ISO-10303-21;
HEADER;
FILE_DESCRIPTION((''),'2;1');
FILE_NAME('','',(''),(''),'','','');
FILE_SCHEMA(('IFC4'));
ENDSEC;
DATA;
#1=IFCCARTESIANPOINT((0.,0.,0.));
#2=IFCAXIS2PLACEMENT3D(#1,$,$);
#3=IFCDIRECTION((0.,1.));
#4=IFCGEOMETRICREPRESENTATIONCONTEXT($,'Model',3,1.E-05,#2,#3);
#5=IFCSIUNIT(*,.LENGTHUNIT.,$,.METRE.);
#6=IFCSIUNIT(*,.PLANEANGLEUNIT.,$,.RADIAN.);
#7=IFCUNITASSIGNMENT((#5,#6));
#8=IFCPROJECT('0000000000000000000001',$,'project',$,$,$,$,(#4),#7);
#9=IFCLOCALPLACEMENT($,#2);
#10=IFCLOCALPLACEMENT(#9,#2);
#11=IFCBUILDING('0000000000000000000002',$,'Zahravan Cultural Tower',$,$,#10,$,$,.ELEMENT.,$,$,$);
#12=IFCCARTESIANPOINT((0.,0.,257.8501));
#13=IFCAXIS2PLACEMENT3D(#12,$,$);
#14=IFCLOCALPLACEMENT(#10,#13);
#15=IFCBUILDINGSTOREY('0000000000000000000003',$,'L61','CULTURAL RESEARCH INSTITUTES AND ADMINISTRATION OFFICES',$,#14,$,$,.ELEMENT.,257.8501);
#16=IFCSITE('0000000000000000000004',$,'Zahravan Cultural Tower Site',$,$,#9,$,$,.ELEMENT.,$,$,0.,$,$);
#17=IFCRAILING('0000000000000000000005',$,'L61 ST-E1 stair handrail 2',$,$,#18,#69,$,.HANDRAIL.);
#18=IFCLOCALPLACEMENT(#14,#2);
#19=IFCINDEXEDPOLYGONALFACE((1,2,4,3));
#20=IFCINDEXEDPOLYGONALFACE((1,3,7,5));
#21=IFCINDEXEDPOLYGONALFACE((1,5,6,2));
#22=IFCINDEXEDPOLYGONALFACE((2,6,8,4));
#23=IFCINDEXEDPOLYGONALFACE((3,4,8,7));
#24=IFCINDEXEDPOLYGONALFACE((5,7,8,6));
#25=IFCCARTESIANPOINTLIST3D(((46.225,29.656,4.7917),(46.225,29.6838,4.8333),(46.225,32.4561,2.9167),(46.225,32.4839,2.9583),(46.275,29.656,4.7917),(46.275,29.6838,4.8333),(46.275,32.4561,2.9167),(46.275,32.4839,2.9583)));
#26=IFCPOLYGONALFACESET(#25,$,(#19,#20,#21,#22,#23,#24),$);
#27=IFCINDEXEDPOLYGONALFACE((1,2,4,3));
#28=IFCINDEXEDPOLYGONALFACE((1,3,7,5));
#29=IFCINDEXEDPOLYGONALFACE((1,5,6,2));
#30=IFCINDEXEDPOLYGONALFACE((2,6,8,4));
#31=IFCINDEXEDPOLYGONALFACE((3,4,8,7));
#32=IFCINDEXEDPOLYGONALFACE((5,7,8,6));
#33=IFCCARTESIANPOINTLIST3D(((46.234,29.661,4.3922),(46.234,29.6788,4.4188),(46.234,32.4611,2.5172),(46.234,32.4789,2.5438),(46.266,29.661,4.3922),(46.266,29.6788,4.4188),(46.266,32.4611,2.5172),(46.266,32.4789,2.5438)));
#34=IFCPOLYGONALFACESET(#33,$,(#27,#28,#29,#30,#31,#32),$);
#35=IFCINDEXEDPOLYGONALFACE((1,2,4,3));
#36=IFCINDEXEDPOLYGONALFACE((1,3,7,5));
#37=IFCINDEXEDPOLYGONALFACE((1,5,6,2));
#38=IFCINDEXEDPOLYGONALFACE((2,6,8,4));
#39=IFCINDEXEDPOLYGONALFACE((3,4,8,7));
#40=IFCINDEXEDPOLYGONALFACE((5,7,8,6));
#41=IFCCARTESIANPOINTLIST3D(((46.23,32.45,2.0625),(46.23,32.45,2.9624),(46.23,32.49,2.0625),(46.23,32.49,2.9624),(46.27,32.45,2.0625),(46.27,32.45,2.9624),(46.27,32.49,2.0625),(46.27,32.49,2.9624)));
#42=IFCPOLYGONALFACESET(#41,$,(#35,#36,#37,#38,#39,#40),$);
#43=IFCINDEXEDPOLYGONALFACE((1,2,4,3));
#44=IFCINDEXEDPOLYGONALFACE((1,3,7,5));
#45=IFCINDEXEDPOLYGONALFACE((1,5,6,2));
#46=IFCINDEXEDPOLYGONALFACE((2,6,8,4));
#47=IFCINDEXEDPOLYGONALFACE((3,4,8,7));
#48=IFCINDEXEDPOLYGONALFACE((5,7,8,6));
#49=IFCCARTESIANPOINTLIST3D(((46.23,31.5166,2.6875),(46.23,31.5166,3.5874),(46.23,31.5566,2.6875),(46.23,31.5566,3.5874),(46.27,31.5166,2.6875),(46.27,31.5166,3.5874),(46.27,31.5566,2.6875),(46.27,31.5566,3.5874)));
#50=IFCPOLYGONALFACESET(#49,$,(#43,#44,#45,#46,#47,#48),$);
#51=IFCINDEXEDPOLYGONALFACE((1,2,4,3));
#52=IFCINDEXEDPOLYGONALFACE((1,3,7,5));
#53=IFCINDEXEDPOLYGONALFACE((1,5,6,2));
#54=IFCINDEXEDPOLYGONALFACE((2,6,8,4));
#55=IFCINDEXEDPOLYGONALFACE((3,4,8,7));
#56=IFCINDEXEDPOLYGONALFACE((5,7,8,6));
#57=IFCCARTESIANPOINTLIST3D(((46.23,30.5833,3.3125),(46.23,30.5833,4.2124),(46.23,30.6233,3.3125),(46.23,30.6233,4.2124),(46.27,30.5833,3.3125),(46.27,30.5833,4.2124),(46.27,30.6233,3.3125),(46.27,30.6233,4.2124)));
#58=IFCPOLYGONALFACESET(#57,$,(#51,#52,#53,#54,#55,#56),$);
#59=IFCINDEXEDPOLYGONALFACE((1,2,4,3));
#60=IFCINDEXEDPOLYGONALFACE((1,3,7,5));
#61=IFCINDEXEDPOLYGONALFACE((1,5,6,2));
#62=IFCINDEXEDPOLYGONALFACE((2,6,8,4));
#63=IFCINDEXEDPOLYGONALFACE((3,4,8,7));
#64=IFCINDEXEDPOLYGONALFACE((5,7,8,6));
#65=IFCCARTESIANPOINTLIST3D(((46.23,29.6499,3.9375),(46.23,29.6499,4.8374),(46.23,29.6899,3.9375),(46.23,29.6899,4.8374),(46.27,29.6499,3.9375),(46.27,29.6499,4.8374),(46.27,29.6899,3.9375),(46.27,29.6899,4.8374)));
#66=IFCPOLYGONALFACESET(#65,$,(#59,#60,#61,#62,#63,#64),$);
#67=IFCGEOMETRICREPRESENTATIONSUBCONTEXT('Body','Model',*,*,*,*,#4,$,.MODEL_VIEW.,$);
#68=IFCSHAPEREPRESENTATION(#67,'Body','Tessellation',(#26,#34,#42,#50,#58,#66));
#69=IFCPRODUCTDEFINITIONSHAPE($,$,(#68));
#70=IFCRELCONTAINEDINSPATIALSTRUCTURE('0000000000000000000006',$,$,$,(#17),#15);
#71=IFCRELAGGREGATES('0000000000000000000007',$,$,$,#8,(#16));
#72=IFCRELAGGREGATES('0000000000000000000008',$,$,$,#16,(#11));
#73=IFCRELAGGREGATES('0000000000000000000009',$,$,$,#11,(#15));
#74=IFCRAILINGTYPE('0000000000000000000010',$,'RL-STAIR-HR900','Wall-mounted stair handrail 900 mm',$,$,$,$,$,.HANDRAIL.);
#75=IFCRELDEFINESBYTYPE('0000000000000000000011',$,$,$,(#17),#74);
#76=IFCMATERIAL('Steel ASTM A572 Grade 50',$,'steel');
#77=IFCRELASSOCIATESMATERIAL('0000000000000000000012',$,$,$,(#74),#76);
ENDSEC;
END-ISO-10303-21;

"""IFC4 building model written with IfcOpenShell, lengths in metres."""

from ifc_helpers import new_model, si_unit, direction, frame, origin, origin_2d, place, context, subcontext, project, spatial, rectangle, extrude, material, type_object, element, save


model = new_model("IFC4")

# Units and contexts
model_context = context("Model", 3, precision=1e-05, world=origin(), true_north=direction((0.0, 1.0)))
body_context = subcontext(model_context, "Body", "Model", "MODEL_VIEW")
ifc_project = project(units=[si_unit("LENGTHUNIT", "METRE"), si_unit("PLANEANGLEUNIT", "RADIAN")], contexts=[model_context])

# Site, building, storey
site_placement = place(None, origin())
site = spatial("IfcSite", under=ifc_project, at=site_placement, Name="Zahravan Cultural Tower Site", CompositionType="ELEMENT", RefElevation=0.0)
building_placement = place(site_placement, origin())
building = spatial("IfcBuilding", under=site, at=building_placement, Name="Zahravan Cultural Tower", CompositionType="ELEMENT")
storey_placement = place(building_placement, frame((0.0, 0.0, 257.8501)))
storey = spatial("IfcBuildingStorey", under=building, at=storey_placement, Name="L61", Description="CULTURAL RESEARCH INSTITUTES AND ADMINISTRATION OFFICES", CompositionType="ELEMENT", Elevation=257.8501)

# Shared definitions
ifc_material_1 = material(Name="Steel ASTM A572 Grade 50", Category="steel")

# Railing
railing_type_1 = type_object("IfcRailingType", Name="RL-STAIR-HR900", Description="Wall-mounted stair handrail 900 mm", PredefinedType="HANDRAIL", material=ifc_material_1)
railing_1_placement = place(storey_placement, frame((46.25, 32.47, 2.0625)))
element("IfcRailing", 1, at=railing_1_placement, inside=storey, type_object=railing_type_1, Name="L61 ST-E1 stair handrail 2", PredefinedType="HANDRAIL", context=body_context, shape_type="SweptSolid", body=[
    extrude(rectangle(XDim=0.05, YDim=0.05, at=origin_2d()), frame((0.0, 0.0, 0.875), z_axis=(0.0, -0.830912, 0.556404), x_axis=(1.0, 0.0, 0.0)), (0.0, 0.0, 1.0), 3.3699),
    extrude(rectangle(XDim=0.032, YDim=0.032, at=origin_2d()), frame((0.0, 0.0, 0.468), z_axis=(0.0, -0.830912, 0.556404), x_axis=(1.0, 0.0, 0.0)), (0.0, 0.0, 1.0), 3.3699),
    extrude(rectangle(XDim=0.04, YDim=0.04, at=origin_2d()), origin(), (0.0, 0.0, 1.0), 0.8999),
    extrude(rectangle(XDim=0.04, YDim=0.04, at=origin_2d()), frame((0.0, -0.9333, 0.625)), (0.0, 0.0, 1.0), 0.8999),
    extrude(rectangle(XDim=0.04, YDim=0.04, at=origin_2d()), frame((0.0, -1.8667, 1.25)), (0.0, 0.0, 1.0), 0.8999),
    extrude(rectangle(XDim=0.04, YDim=0.04, at=origin_2d()), frame((0.0, -2.8, 1.875)), (0.0, 0.0, 1.0), 0.8999),
])

save(model, "model.ifc")
